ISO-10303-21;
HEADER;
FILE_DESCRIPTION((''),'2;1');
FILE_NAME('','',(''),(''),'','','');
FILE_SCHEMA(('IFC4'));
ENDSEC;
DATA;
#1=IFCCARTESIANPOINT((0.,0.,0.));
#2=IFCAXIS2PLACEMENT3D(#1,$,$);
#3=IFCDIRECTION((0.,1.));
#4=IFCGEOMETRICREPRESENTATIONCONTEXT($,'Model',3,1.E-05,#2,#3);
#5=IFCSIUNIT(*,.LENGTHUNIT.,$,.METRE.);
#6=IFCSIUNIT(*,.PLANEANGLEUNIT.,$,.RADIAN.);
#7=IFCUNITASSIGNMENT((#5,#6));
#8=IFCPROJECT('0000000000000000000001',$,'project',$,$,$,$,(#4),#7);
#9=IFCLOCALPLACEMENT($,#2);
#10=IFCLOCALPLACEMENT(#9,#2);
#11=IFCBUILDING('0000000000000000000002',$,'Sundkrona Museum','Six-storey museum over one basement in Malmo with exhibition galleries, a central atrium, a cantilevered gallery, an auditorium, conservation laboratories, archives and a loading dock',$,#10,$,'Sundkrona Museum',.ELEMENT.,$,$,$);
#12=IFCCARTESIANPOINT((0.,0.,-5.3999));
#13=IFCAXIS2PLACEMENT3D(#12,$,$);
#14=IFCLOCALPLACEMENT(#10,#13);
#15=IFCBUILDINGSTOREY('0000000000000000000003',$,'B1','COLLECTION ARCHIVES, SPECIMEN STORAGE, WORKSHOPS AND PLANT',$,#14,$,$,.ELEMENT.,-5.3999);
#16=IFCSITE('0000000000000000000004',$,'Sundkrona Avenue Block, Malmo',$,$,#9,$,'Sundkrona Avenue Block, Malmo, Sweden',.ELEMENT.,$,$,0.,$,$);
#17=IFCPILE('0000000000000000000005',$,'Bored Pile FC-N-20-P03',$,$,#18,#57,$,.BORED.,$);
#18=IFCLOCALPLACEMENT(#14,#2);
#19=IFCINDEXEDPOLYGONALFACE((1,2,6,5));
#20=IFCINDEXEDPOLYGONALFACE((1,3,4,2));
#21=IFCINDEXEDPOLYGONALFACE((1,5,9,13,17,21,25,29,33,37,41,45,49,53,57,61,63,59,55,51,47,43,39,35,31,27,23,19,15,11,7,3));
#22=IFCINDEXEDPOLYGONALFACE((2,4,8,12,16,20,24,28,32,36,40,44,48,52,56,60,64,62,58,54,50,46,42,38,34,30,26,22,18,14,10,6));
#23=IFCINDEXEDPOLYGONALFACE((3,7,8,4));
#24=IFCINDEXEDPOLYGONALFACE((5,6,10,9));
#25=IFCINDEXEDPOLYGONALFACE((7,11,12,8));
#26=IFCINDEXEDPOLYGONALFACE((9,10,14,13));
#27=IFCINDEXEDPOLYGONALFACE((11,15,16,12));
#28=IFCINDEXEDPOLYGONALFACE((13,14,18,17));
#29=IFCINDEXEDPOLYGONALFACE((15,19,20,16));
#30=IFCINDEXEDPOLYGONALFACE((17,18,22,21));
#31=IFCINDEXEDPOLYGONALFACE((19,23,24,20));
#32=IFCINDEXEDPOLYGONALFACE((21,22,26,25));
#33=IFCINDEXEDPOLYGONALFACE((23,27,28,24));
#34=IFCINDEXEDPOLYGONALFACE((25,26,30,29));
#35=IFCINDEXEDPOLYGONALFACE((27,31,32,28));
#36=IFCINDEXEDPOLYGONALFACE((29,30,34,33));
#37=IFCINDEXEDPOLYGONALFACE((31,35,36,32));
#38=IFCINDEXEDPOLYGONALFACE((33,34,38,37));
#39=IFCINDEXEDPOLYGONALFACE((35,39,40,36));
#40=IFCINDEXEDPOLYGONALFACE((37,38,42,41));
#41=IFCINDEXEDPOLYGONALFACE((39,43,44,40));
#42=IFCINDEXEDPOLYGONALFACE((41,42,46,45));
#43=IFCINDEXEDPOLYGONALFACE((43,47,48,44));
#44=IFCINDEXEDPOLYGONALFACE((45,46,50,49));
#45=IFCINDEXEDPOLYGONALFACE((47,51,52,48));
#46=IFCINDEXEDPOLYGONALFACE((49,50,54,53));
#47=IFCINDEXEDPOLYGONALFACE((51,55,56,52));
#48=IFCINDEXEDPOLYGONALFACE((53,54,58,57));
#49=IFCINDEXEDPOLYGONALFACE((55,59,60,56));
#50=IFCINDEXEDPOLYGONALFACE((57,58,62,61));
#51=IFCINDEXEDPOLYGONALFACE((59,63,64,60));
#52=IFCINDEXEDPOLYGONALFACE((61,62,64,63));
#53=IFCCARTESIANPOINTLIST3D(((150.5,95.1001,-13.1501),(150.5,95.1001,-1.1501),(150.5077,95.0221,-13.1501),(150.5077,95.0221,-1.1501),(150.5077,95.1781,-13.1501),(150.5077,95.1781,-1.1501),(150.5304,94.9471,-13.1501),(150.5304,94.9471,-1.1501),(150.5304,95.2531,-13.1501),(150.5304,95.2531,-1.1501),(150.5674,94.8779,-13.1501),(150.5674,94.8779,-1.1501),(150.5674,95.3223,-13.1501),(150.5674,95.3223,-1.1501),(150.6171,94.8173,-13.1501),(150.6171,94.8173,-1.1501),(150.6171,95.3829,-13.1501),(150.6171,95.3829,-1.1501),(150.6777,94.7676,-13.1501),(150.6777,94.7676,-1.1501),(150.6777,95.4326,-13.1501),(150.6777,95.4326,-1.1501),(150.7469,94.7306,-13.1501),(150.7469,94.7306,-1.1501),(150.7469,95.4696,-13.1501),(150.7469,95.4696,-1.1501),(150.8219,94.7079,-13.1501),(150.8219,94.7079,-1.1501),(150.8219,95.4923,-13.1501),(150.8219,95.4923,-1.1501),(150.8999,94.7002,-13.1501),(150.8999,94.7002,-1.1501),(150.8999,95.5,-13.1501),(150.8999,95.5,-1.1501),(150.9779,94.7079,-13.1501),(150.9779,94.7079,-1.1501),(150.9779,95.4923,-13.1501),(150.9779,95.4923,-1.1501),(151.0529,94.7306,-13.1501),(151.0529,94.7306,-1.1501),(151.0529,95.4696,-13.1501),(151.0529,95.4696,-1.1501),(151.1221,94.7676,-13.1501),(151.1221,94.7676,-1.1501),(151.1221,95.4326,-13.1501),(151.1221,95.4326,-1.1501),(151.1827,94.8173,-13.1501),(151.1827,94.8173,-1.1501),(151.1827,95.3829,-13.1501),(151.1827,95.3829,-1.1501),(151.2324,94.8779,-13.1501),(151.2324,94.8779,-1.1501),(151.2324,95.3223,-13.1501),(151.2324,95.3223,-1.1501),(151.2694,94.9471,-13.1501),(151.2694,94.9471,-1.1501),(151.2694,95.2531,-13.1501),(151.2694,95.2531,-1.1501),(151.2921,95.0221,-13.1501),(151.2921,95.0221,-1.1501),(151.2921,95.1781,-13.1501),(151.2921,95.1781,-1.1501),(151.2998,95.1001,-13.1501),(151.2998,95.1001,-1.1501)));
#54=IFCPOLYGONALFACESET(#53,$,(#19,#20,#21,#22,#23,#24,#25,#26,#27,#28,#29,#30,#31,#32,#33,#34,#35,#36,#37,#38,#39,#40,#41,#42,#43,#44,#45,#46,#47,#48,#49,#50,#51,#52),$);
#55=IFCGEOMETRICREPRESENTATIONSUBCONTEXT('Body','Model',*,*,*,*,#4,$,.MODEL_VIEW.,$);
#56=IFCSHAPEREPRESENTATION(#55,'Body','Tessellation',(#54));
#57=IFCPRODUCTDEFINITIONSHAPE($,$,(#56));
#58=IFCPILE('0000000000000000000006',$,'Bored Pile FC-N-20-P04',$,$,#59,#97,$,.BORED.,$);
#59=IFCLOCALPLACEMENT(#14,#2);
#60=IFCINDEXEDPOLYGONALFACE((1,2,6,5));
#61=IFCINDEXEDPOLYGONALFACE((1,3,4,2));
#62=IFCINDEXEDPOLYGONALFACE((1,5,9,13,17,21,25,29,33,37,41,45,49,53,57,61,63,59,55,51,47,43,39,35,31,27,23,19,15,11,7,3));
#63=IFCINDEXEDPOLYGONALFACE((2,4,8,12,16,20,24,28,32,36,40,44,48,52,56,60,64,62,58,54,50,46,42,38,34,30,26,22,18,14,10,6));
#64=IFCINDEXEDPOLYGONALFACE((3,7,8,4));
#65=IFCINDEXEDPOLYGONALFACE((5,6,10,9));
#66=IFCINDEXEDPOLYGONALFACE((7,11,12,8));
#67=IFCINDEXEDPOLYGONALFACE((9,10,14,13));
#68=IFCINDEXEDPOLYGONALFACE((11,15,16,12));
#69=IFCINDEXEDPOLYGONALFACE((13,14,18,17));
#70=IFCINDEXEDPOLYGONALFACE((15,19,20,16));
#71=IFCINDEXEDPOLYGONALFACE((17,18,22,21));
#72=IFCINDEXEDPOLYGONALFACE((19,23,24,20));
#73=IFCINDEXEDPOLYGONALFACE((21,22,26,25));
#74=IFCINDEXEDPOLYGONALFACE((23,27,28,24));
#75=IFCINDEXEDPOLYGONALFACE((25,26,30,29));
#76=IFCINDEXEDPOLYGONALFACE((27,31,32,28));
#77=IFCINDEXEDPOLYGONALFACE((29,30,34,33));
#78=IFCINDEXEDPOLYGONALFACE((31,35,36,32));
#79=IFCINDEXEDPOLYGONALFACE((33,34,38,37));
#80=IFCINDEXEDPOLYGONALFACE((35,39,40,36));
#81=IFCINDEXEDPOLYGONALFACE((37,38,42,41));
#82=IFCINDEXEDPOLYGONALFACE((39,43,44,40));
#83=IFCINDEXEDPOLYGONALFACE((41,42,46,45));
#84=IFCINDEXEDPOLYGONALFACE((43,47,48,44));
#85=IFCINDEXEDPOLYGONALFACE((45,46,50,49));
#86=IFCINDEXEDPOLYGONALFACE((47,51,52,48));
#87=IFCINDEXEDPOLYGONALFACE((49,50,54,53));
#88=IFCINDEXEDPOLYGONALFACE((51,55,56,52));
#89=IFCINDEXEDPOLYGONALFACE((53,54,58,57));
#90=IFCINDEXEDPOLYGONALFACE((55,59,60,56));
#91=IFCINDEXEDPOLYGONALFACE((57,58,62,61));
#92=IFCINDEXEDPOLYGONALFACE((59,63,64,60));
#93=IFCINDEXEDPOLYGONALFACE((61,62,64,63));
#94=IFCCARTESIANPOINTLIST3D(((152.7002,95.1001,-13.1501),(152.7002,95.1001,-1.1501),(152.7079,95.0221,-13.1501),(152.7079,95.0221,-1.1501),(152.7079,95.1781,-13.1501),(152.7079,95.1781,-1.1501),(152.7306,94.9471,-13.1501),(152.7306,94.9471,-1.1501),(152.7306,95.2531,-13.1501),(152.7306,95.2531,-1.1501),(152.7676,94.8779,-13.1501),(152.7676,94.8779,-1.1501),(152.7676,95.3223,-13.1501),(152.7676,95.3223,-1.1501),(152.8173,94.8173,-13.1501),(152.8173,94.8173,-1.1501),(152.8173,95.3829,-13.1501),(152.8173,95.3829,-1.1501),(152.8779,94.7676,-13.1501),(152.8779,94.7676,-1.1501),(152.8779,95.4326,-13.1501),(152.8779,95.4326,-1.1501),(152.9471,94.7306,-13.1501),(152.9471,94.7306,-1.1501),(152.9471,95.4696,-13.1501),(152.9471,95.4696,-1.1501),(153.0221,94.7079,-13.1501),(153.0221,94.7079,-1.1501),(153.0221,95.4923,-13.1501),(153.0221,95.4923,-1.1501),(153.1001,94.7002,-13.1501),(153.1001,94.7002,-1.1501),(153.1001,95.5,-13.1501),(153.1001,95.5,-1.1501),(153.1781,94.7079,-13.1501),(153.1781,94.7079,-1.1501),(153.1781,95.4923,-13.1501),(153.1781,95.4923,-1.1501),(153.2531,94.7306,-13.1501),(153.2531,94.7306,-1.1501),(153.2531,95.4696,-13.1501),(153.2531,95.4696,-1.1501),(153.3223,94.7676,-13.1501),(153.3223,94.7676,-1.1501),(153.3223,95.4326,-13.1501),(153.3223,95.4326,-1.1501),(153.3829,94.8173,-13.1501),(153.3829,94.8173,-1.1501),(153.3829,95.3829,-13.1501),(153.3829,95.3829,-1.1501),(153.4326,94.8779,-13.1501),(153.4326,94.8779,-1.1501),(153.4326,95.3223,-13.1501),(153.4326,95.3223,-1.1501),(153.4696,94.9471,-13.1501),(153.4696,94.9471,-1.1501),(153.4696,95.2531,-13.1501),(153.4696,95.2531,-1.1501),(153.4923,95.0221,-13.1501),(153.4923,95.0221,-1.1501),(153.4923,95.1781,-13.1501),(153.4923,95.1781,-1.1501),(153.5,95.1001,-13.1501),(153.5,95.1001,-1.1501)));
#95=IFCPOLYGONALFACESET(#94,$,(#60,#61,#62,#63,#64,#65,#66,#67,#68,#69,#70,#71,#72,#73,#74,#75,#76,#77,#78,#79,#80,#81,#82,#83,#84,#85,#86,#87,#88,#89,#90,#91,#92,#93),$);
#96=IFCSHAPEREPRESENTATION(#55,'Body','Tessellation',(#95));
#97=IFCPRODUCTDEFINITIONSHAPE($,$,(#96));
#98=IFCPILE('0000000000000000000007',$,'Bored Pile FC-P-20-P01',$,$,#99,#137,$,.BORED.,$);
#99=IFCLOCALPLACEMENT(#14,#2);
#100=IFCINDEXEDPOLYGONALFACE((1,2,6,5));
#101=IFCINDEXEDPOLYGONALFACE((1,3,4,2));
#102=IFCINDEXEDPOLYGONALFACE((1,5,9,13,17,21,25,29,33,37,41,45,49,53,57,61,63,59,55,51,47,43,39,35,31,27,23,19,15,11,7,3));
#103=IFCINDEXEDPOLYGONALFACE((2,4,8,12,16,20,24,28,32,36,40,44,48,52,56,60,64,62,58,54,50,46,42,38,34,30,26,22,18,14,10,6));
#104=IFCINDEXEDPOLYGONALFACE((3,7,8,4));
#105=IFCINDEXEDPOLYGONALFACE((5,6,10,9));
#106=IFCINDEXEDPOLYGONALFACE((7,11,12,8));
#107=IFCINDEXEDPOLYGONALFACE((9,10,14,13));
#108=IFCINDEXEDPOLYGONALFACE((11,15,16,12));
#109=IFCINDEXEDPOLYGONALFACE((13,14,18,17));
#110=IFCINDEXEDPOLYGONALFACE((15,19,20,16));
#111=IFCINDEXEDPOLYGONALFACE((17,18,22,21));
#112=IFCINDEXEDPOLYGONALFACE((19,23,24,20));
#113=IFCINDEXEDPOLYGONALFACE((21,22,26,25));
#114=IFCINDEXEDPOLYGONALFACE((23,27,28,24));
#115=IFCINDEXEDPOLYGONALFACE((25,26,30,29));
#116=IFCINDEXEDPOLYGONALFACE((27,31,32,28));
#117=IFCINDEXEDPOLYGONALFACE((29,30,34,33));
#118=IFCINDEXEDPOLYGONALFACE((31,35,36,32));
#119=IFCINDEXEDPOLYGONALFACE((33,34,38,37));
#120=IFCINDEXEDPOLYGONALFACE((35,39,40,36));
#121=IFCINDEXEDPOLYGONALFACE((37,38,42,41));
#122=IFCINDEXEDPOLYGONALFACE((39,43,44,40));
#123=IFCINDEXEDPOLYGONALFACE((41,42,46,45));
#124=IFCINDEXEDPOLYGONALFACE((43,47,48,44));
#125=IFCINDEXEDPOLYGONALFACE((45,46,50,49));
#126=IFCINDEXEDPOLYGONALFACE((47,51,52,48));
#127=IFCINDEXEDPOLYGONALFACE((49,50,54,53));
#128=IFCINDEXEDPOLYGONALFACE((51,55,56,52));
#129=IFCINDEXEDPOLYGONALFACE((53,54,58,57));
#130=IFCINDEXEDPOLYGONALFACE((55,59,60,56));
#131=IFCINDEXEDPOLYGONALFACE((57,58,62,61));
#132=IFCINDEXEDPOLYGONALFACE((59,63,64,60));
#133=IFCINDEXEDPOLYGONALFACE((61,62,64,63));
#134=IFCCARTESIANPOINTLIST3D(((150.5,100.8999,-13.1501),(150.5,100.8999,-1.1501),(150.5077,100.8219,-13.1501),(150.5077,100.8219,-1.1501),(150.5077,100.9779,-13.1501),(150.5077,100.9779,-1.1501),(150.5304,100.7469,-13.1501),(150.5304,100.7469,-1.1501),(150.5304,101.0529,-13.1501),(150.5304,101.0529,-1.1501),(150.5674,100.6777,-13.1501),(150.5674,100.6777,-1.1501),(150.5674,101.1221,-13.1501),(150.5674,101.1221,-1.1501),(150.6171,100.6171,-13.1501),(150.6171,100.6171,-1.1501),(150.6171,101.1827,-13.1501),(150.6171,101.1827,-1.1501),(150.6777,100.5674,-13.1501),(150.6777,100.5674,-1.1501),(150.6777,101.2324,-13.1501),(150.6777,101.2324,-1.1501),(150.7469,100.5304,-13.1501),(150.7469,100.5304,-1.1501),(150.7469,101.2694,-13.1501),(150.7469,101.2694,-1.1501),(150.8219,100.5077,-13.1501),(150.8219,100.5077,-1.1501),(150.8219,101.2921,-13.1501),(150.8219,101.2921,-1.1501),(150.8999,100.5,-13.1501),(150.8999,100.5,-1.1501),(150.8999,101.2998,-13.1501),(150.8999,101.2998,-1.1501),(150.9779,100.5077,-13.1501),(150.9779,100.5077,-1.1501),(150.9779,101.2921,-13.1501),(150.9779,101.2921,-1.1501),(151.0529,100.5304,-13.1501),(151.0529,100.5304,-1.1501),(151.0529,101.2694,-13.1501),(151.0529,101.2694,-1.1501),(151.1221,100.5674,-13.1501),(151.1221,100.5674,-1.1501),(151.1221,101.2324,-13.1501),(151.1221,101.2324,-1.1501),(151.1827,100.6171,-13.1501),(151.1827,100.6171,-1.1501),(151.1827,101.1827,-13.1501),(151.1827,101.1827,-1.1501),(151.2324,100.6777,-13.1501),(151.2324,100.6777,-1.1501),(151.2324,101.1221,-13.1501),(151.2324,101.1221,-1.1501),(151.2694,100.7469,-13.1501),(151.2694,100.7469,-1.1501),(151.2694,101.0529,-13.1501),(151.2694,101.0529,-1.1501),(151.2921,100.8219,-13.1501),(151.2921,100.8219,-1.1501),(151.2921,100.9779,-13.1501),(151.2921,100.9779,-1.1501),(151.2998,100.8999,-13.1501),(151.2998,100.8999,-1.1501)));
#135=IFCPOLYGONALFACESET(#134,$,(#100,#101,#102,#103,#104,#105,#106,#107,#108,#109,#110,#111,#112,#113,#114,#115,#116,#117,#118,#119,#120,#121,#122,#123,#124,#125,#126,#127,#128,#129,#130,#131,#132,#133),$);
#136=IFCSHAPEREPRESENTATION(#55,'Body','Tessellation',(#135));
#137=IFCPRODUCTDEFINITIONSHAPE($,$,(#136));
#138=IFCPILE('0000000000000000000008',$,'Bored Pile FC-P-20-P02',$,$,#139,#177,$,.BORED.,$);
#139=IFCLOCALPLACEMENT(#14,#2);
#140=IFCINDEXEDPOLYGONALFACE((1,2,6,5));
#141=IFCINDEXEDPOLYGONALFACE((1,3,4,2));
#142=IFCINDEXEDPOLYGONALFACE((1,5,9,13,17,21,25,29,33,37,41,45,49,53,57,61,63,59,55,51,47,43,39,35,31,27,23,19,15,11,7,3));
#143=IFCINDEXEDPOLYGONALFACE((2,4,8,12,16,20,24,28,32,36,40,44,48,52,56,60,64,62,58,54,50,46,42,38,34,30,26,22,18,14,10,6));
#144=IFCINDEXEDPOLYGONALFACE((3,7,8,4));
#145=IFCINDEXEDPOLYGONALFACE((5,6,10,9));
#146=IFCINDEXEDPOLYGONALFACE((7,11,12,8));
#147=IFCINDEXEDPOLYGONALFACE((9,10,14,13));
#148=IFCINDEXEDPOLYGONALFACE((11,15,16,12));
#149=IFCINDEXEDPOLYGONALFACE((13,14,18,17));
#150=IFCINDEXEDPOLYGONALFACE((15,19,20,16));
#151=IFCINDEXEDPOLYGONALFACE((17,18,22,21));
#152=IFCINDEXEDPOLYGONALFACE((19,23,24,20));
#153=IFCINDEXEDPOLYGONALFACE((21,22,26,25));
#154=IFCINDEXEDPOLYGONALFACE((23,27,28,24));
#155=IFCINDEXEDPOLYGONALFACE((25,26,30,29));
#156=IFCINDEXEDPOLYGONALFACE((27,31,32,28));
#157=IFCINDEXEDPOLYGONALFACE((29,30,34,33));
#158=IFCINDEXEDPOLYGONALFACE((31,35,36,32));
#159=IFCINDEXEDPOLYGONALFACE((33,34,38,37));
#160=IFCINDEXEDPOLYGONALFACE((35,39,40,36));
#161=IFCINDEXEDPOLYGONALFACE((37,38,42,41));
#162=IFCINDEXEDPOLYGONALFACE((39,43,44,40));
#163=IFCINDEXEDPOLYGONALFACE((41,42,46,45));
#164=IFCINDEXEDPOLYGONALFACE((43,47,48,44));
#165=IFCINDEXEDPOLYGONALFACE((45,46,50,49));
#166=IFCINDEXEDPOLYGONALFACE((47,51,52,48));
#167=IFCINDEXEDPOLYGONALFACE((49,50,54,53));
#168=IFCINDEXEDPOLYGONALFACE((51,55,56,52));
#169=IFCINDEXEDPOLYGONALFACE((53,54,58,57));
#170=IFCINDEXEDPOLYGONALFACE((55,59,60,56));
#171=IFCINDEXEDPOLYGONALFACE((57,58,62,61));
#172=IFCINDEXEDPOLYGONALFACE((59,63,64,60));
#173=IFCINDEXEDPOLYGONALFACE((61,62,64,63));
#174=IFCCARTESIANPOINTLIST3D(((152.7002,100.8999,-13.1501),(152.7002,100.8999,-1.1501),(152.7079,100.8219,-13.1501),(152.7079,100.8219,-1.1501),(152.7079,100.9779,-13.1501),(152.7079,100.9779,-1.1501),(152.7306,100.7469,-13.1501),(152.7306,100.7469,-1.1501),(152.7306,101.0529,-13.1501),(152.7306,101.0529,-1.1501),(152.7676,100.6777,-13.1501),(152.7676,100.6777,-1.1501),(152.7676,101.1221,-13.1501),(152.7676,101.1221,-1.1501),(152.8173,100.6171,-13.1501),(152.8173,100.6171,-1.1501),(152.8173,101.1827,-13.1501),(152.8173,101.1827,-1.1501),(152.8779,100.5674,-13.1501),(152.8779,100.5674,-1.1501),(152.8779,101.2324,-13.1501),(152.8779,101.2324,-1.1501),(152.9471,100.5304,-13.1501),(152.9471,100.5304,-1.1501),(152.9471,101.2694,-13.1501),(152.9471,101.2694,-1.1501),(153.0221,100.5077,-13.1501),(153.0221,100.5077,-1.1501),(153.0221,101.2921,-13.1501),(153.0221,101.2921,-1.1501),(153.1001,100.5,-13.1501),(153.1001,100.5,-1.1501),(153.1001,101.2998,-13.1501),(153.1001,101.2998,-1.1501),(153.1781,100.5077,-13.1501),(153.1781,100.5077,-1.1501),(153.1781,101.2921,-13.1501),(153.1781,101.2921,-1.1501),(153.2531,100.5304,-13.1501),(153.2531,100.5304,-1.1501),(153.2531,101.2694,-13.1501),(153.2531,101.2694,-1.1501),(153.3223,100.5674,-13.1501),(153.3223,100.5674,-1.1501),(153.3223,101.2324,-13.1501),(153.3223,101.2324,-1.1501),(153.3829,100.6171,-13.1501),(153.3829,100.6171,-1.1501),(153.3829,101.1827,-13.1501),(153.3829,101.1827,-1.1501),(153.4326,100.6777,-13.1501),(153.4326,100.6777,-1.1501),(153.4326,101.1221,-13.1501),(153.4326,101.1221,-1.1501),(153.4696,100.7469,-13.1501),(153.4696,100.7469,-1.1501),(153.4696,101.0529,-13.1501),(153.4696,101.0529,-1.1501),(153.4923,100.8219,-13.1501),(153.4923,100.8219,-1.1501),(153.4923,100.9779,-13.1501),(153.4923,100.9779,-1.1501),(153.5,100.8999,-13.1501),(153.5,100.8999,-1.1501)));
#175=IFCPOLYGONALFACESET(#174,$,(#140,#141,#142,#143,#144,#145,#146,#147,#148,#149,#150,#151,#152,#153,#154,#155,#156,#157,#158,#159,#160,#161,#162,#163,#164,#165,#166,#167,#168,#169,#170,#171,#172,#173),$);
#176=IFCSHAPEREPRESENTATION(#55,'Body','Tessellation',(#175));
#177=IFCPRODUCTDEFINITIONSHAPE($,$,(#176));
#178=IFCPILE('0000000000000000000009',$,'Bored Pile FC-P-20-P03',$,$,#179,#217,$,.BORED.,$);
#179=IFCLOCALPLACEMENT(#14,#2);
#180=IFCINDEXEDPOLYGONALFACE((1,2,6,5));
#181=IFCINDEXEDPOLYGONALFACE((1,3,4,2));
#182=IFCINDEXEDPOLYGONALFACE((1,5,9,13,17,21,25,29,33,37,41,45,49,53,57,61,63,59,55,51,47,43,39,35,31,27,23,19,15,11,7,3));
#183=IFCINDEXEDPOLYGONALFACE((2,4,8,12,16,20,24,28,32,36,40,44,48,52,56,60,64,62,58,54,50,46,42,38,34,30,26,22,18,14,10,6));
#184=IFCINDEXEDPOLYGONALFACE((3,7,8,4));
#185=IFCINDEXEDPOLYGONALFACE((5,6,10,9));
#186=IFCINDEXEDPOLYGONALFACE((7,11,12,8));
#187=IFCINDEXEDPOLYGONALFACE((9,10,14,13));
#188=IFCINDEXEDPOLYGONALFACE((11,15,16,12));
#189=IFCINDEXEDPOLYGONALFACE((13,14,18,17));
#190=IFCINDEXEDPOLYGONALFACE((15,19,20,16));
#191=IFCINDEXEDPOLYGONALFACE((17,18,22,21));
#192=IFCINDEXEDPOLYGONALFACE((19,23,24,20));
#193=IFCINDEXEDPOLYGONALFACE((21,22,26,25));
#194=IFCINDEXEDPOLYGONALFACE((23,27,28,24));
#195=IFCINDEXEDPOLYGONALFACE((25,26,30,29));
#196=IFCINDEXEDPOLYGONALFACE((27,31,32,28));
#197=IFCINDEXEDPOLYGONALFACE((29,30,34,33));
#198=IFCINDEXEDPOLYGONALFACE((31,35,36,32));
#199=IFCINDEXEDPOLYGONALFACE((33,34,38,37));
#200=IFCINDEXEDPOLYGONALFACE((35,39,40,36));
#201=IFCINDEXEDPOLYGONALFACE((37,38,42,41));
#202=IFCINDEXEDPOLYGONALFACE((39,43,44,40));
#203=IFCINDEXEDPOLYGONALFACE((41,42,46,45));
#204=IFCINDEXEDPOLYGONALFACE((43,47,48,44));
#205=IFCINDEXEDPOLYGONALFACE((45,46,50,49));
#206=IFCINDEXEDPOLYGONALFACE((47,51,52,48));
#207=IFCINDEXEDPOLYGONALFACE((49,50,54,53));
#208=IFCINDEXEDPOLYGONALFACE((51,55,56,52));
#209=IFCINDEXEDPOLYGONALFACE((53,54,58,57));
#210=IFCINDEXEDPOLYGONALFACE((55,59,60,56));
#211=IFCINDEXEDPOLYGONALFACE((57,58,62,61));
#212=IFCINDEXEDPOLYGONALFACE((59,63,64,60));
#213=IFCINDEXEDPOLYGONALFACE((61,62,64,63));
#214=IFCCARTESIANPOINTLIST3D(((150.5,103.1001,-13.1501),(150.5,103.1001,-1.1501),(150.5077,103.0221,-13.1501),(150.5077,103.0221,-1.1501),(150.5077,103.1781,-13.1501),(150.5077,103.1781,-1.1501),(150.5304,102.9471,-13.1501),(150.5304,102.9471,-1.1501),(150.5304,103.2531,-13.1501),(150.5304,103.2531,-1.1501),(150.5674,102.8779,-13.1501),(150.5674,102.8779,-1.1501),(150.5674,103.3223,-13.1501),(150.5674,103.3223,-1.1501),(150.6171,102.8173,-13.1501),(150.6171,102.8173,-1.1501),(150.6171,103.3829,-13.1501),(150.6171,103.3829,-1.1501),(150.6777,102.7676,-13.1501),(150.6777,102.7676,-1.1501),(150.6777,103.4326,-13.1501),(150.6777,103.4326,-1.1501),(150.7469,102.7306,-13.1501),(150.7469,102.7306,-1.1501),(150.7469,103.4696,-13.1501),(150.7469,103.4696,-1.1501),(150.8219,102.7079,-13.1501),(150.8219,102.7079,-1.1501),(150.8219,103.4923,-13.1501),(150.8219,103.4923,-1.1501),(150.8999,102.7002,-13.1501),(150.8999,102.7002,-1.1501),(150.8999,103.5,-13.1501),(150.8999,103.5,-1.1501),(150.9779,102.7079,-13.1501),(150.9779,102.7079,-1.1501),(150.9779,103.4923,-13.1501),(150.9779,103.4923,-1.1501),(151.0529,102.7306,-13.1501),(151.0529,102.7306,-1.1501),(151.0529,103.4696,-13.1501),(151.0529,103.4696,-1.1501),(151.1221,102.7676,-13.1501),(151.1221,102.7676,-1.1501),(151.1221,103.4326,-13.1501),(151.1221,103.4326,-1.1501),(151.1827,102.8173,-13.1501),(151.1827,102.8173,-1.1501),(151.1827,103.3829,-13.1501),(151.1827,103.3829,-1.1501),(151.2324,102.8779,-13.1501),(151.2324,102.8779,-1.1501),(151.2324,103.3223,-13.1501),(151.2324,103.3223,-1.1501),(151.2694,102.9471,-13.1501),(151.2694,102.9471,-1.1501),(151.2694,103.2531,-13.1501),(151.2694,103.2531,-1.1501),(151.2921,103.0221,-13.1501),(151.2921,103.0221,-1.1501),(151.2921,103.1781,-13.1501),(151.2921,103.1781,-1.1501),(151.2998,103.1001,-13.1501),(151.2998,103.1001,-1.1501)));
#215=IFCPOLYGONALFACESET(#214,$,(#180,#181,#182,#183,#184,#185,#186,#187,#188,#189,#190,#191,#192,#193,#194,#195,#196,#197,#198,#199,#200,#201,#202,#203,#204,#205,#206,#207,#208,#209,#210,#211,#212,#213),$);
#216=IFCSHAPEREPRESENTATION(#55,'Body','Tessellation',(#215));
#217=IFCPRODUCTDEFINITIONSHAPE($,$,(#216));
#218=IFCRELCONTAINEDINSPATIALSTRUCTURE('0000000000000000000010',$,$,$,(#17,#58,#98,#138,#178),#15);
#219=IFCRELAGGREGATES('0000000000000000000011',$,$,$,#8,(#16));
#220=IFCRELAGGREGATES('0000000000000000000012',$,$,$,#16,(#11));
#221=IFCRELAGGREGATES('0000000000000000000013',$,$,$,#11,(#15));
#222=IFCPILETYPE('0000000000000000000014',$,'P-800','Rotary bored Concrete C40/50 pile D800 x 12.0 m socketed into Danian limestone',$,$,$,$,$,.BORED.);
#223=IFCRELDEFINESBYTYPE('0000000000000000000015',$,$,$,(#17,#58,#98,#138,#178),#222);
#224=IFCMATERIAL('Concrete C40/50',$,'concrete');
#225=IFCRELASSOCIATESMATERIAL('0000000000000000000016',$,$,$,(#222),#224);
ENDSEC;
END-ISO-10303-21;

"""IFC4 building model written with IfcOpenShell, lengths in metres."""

from ifc_helpers import new_model, si_unit, direction, frame, origin, origin_2d, place, context, subcontext, project, spatial, circle, extrude, material, material_profile, profile_set, type_object, element, save


model = new_model("IFC4")

# Units and contexts
model_context = context("Model", 3, precision=1e-05, world=origin(), true_north=direction((0.0, 1.0)))
body_context = subcontext(model_context, "Body", "Model", "MODEL_VIEW")
ifc_project = project(units=[si_unit("LENGTHUNIT", "METRE"), si_unit("PLANEANGLEUNIT", "RADIAN")], contexts=[model_context])

# Site, building, storey
site_placement = place(None, origin())
site = spatial("IfcSite", under=ifc_project, at=site_placement, Name="Sundkrona Avenue Block, Malmo", LongName="Sundkrona Avenue Block, Malmo, Sweden", CompositionType="ELEMENT", RefElevation=0.0)
building_placement = place(site_placement, origin())
building = spatial("IfcBuilding", under=site, at=building_placement, Name="Sundkrona Museum", Description="Six-storey museum over one basement in Malmo with exhibition galleries, a central atrium, a cantilevered gallery, an auditorium, conservation laboratories, archives and a loading dock", LongName="Sundkrona Museum", CompositionType="ELEMENT")
storey_placement = place(building_placement, frame((0.0, 0.0, -5.3999)))
storey = spatial("IfcBuildingStorey", under=building, at=storey_placement, Name="B1", Description="COLLECTION ARCHIVES, SPECIMEN STORAGE, WORKSHOPS AND PLANT", CompositionType="ELEMENT", Elevation=-5.3999)

# Shared definitions
ifc_material_1 = material(Name="Concrete C40/50", Category="concrete")

# Piles
ifc_material_profile_1 = material_profile(ifc_material_1, circle(Radius=0.3999, at=origin_2d()), Name="PILE D800")
ifc_profile_set_1 = profile_set([ifc_material_profile_1], Name="Concrete C40/50")
pile_type = type_object("IfcPileType", Name="P-800", Description="Rotary bored Concrete C40/50 pile D800 x 12.0 m socketed into Danian limestone", PredefinedType="BORED", material=ifc_profile_set_1)
for number, where, z_axis, x_axis, name in (
    (1, (150.8999, 95.1001, -1.1501), (0.0, 0.0, -1.0), (1.0, 0.0, 0.0), "Bored Pile FC-N-20-P03"),
    (2, (153.1001, 95.1001, -1.1501), (0.0, 0.0, -1.0), (1.0, 0.0, 0.0), "Bored Pile FC-N-20-P04"),
    (3, (150.8999, 100.8999, -1.1501), (0.0, 0.0, -1.0), (1.0, 0.0, 0.0), "Bored Pile FC-P-20-P01"),
    (4, (153.1001, 100.8999, -1.1501), (0.0, 0.0, -1.0), (1.0, 0.0, 0.0), "Bored Pile FC-P-20-P02"),
    (5, (150.8999, 103.1001, -1.1501), (0.0, 0.0, -1.0), (1.0, 0.0, 0.0), "Bored Pile FC-P-20-P03"),
):
    element("IfcPile", number, at=place(storey_placement, frame(where, z_axis=z_axis, x_axis=x_axis)), inside=storey, type_object=pile_type, Name=name, PredefinedType="BORED", context=body_context, shape_type="SweptSolid", body=[
        extrude(circle(Radius=0.3999, at=origin_2d()), origin(), (0.0, 0.0, 1.0), 12.0),
    ])

save(model, "model.ifc")
